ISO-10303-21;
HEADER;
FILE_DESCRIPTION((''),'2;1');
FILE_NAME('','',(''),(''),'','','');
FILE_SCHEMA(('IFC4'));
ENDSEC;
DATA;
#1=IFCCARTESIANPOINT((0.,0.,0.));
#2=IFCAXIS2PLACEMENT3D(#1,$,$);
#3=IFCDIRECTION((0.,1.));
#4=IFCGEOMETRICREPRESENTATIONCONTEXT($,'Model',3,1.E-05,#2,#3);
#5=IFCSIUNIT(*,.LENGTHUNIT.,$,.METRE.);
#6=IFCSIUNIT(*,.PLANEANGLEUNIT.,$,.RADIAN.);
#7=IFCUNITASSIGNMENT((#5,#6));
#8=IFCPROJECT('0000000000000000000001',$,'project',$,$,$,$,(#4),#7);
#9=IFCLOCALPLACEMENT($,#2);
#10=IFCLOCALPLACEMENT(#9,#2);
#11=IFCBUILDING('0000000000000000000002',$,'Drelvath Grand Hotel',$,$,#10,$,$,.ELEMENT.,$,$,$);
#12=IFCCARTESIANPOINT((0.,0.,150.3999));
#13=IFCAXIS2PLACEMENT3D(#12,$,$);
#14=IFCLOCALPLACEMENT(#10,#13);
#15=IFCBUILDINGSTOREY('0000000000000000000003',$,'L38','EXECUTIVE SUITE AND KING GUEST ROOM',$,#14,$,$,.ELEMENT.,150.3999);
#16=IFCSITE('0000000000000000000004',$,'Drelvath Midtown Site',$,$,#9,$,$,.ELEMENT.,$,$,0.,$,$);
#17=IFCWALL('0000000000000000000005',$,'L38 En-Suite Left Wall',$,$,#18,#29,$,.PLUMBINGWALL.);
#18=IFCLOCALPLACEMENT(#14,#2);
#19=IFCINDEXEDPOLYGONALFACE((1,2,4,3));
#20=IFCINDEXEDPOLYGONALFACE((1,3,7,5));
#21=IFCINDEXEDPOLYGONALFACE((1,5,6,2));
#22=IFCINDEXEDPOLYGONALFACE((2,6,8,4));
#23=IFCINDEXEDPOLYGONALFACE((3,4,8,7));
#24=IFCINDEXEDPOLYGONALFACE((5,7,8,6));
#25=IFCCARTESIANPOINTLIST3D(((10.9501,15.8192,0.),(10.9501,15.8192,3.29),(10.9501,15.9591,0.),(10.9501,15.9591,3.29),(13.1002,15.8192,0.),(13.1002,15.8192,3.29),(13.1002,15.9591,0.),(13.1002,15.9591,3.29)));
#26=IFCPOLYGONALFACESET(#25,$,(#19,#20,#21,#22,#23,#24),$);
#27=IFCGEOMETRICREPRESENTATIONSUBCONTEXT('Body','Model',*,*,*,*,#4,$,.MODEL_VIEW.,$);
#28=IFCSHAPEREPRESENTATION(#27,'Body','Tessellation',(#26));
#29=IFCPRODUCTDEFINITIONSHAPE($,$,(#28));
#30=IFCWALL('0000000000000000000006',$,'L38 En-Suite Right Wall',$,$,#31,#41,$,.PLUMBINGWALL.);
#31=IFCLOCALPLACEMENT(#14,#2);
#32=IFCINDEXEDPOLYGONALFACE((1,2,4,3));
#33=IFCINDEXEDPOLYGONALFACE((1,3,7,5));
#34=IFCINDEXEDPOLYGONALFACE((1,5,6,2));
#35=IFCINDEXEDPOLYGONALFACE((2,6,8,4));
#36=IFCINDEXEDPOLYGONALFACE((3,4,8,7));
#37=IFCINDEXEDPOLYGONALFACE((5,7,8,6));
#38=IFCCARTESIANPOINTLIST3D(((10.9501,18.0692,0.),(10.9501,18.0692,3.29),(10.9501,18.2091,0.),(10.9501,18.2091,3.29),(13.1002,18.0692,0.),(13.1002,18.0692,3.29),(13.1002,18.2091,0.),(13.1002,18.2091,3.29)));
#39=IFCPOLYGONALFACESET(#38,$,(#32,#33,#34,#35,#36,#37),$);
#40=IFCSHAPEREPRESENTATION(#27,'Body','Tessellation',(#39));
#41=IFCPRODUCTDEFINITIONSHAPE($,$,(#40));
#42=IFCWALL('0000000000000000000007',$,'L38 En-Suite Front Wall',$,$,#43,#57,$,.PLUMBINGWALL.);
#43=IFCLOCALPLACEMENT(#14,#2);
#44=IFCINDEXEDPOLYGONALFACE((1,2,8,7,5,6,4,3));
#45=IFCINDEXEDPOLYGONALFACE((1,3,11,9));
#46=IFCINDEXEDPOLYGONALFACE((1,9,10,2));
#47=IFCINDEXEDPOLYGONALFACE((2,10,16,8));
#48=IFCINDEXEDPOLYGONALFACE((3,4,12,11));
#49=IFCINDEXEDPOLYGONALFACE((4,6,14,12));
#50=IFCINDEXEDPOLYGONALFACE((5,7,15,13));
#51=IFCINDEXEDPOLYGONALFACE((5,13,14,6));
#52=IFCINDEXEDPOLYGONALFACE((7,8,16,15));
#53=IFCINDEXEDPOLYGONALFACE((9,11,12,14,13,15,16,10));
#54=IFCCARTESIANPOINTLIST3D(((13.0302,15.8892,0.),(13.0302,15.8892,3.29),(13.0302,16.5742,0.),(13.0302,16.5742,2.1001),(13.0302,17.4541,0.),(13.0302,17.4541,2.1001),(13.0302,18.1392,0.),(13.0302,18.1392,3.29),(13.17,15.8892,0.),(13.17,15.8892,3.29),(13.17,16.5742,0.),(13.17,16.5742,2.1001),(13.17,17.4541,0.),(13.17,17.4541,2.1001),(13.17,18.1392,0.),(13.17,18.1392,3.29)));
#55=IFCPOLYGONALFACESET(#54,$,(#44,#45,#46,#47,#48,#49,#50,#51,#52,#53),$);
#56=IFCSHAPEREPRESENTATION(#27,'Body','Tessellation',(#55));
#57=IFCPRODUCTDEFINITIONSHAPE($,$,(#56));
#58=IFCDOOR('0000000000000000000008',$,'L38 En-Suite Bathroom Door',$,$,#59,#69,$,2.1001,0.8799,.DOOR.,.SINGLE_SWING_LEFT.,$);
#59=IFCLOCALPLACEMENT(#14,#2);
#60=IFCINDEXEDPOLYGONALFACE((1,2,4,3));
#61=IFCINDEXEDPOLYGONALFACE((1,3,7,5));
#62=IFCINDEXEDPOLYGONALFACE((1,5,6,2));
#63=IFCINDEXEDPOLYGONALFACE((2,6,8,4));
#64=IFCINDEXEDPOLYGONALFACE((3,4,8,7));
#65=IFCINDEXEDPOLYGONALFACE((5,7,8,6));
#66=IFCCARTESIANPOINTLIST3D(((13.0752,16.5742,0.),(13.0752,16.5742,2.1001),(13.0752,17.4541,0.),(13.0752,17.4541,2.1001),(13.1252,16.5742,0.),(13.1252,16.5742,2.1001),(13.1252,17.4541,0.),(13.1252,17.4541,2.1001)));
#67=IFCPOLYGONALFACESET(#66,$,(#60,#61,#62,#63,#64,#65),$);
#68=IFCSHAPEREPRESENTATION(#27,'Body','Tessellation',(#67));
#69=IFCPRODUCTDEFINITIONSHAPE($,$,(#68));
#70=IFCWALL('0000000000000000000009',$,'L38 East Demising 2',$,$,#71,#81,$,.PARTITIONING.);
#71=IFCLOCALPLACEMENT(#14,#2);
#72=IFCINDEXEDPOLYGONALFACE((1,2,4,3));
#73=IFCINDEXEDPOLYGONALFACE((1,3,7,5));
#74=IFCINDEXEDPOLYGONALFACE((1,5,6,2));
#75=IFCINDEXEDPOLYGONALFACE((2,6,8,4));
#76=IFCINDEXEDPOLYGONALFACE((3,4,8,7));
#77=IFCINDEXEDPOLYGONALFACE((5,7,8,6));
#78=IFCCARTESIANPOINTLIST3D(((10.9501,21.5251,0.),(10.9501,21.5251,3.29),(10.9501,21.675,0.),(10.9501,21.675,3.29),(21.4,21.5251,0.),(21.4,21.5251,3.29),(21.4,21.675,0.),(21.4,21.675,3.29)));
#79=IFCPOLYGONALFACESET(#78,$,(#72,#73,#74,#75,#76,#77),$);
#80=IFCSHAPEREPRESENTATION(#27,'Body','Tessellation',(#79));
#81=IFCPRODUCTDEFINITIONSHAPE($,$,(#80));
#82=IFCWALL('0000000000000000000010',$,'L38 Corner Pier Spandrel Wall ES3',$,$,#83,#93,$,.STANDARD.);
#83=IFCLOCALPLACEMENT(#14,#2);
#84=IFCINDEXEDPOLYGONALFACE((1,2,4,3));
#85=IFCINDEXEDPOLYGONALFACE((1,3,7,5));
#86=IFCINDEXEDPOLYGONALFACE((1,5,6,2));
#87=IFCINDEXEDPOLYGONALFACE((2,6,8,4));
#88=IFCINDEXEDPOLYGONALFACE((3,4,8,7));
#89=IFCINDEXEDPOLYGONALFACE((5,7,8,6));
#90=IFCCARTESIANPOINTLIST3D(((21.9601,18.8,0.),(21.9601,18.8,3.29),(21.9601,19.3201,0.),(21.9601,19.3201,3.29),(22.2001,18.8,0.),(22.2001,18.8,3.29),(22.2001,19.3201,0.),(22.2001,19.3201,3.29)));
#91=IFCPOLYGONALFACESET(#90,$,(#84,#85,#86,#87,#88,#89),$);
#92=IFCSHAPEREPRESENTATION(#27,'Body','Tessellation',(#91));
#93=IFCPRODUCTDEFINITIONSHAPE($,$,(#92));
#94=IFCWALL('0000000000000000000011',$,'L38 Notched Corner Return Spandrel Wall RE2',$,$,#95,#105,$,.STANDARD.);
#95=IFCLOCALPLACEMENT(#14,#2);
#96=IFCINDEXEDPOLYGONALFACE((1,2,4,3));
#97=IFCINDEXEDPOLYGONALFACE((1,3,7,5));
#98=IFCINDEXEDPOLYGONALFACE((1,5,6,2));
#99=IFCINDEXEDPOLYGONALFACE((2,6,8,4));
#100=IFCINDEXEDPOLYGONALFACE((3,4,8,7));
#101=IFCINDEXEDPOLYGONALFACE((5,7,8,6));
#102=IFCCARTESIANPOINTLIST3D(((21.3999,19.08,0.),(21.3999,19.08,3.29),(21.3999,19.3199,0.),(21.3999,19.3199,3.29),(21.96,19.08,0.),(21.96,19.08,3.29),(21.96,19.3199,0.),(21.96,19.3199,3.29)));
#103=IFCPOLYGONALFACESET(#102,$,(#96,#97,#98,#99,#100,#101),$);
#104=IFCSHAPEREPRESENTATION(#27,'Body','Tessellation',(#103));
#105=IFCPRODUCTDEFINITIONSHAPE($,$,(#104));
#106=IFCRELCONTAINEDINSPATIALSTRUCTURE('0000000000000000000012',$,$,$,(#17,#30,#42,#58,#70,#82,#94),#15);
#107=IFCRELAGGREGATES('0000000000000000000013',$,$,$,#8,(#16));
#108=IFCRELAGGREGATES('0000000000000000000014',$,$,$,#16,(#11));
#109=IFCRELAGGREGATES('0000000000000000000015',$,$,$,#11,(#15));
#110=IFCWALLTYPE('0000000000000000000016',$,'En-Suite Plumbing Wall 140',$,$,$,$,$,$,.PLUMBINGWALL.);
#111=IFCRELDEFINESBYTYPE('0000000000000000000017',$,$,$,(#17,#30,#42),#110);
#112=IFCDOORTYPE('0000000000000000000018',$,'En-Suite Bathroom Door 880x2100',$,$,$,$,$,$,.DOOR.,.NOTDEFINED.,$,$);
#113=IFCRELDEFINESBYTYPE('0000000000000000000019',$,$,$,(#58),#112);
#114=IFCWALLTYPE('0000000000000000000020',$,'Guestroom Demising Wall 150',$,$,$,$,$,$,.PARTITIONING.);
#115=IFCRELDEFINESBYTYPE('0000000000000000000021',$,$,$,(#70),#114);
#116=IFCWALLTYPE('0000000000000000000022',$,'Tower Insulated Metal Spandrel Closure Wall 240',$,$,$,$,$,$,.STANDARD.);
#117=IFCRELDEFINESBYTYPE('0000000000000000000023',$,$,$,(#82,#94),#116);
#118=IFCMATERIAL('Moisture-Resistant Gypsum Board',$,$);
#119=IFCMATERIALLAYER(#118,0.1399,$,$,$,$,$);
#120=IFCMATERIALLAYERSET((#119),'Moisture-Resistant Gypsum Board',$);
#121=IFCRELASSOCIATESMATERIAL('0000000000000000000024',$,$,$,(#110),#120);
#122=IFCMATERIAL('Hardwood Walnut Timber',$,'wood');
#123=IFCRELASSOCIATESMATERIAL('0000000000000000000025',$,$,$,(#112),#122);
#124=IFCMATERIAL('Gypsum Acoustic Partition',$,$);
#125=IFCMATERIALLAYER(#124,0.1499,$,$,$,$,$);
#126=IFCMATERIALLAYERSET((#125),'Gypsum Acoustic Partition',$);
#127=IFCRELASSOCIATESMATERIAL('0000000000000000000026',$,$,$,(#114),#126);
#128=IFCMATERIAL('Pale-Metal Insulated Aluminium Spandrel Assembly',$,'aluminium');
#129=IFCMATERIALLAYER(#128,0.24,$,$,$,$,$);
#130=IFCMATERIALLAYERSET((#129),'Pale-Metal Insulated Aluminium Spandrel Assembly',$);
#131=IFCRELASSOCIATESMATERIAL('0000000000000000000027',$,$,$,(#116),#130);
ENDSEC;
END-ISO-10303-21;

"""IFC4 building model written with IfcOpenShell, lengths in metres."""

from ifc_helpers import new_model, si_unit, direction, frame, frame_2d, origin, place, context, subcontext, project, spatial, rectangle, extrude, material, layer, layer_set, type_object, element, fill, save


model = new_model("IFC4")

# Units and contexts
model_context = context("Model", 3, precision=1e-05, world=origin(), true_north=direction((0.0, 1.0)))
body_context = subcontext(model_context, "Body", "Model", "MODEL_VIEW")
ifc_project = project(units=[si_unit("LENGTHUNIT", "METRE"), si_unit("PLANEANGLEUNIT", "RADIAN")], contexts=[model_context])

# Site, building, storey
site_placement = place(None, origin())
site = spatial("IfcSite", under=ifc_project, at=site_placement, Name="Drelvath Midtown Site", CompositionType="ELEMENT", RefElevation=0.0)
building_placement = place(site_placement, origin())
building = spatial("IfcBuilding", under=site, at=building_placement, Name="Drelvath Grand Hotel", CompositionType="ELEMENT")
storey_placement = place(building_placement, frame((0.0, 0.0, 150.3999)))
storey = spatial("IfcBuildingStorey", under=building, at=storey_placement, Name="L38", Description="EXECUTIVE SUITE AND KING GUEST ROOM", CompositionType="ELEMENT", Elevation=150.3999)

# Shared definitions
ifc_material_1 = material(Name="Moisture-Resistant Gypsum Board")
ifc_layer_1 = layer(ifc_material_1, 0.1399)
ifc_layer_set_1 = layer_set([ifc_layer_1], Name="Moisture-Resistant Gypsum Board")
wall_type_1 = type_object("IfcWallType", Name="En-Suite Plumbing Wall 140", PredefinedType="PLUMBINGWALL", material=ifc_layer_set_1)
ifc_material_2 = material(Name="Hardwood Walnut Timber", Category="wood")
door_type = type_object("IfcDoorType", Name="En-Suite Bathroom Door 880x2100", OperationType="NOTDEFINED", PredefinedType="DOOR", material=ifc_material_2)

# Walls
for number, where, z_axis, x_axis, name in (
    (1, (10.95, 15.8892, 0.0), (0.0, 0.0, 1.0), (1.0, 0.0, 0.0), "L38 En-Suite Left Wall"),
    (2, (10.95, 18.1392, 0.0), (0.0, 0.0, 1.0), (1.0, 0.0, 0.0), "L38 En-Suite Right Wall"),
):
    element("IfcWall", number, at=place(storey_placement, frame(where, z_axis=z_axis, x_axis=x_axis)), inside=storey, type_object=wall_type_1, Name=name, PredefinedType="PLUMBINGWALL", context=body_context, shape_type="SweptSolid", body=[
        extrude(rectangle(XDim=2.1501, YDim=0.1399, at=frame_2d((1.0752, 0.0))), origin(), (0.0, 0.0, 1.0), 3.29),
    ])

# Wall, opening, door
wall_1_placement = place(storey_placement, frame((13.1001, 15.8892, 0.0), z_axis=(0.0, 0.0, 1.0), x_axis=(0.0, 1.0, 0.0)))
wall_1 = element("IfcWall", 3, at=wall_1_placement, inside=storey, type_object=wall_type_1, Name="L38 En-Suite Front Wall", PredefinedType="PLUMBINGWALL", context=body_context, shape_type="SweptSolid", body=[
    extrude(rectangle(XDim=2.25, YDim=0.1399, at=frame_2d((1.125, 0.0))), origin(), (0.0, 0.0, 1.0), 3.29),
])
opening_1_placement = place(wall_1_placement, frame((0.6851, 0.0, 0.0)))
opening_1 = element("IfcOpeningElement", 4, at=opening_1_placement, cuts=wall_1, PredefinedType="OPENING", context=body_context, shape_type="SweptSolid", body=[
    extrude(rectangle(XDim=0.8799, YDim=2.1001, at=frame_2d((0.4399, 1.05))), frame((0.0, 0.0798, 0.0), z_axis=(0.0, -1.0, 0.0), x_axis=(1.0, 0.0, 0.0)), (0.0, 0.0, 1.0), 0.1599),
])
door_1_placement = place(opening_1_placement, origin())
door_1 = element("IfcDoor", 5, at=door_1_placement, inside=storey, type_object=door_type, Name="L38 En-Suite Bathroom Door", OperationType="SINGLE_SWING_LEFT", OverallHeight=2.1001, OverallWidth=0.8799, PredefinedType="DOOR", context=body_context, shape_type="SweptSolid", body=[
    extrude(rectangle(XDim=0.8799, YDim=2.1001, at=frame_2d((0.4399, 1.05))), frame((0.0, 0.0249, 0.0), z_axis=(0.0, -1.0, 0.0), x_axis=(1.0, 0.0, 0.0)), (0.0, 0.0, 1.0), 0.05),
])
fill(opening_1, door_1)

# Walls
ifc_material_3 = material(Name="Gypsum Acoustic Partition")
ifc_layer_2 = layer(ifc_material_3, 0.1499)
ifc_layer_set_2 = layer_set([ifc_layer_2], Name="Gypsum Acoustic Partition")
wall_type_2 = type_object("IfcWallType", Name="Guestroom Demising Wall 150", PredefinedType="PARTITIONING", material=ifc_layer_set_2)
wall_2_placement = place(storey_placement, frame((10.95, 21.6001, 0.0), z_axis=(0.0, 0.0, 1.0), x_axis=(1.0, 0.0, 0.0)))
element("IfcWall", 6, at=wall_2_placement, inside=storey, type_object=wall_type_2, Name="L38 East Demising 2", PredefinedType="PARTITIONING", context=body_context, shape_type="SweptSolid", body=[
    extrude(rectangle(XDim=10.45, YDim=0.1499, at=frame_2d((5.2251, 0.0))), origin(), (0.0, 0.0, 1.0), 3.29),
])
ifc_material_4 = material(Name="Pale-Metal Insulated Aluminium Spandrel Assembly", Category="aluminium")
ifc_layer_3 = layer(ifc_material_4, 0.24)
ifc_layer_set_3 = layer_set([ifc_layer_3], Name="Pale-Metal Insulated Aluminium Spandrel Assembly")
wall_type_3 = type_object("IfcWallType", Name="Tower Insulated Metal Spandrel Closure Wall 240", PredefinedType="STANDARD", material=ifc_layer_set_3)
wall_3_placement = place(storey_placement, frame((22.0801, 19.3201, 0.0), z_axis=(0.0, 0.0, 1.0), x_axis=(0.0, -1.0, 0.0)))
element("IfcWall", 7, at=wall_3_placement, inside=storey, type_object=wall_type_3, Name="L38 Corner Pier Spandrel Wall ES3", PredefinedType="STANDARD", context=body_context, shape_type="SweptSolid", body=[
    extrude(rectangle(XDim=0.52, YDim=0.24, at=frame_2d((0.26, 0.0))), origin(), (0.0, 0.0, 1.0), 3.29),
])
wall_4_placement = place(storey_placement, frame((21.3999, 19.2, 0.0), z_axis=(0.0, 0.0, 1.0), x_axis=(1.0, 0.0, 0.0)))
element("IfcWall", 8, at=wall_4_placement, inside=storey, type_object=wall_type_3, Name="L38 Notched Corner Return Spandrel Wall RE2", PredefinedType="STANDARD", context=body_context, shape_type="SweptSolid", body=[
    extrude(rectangle(XDim=0.5601, YDim=0.24, at=frame_2d((0.28, 0.0))), origin(), (0.0, 0.0, 1.0), 3.29),
])

save(model, "model.ifc")
